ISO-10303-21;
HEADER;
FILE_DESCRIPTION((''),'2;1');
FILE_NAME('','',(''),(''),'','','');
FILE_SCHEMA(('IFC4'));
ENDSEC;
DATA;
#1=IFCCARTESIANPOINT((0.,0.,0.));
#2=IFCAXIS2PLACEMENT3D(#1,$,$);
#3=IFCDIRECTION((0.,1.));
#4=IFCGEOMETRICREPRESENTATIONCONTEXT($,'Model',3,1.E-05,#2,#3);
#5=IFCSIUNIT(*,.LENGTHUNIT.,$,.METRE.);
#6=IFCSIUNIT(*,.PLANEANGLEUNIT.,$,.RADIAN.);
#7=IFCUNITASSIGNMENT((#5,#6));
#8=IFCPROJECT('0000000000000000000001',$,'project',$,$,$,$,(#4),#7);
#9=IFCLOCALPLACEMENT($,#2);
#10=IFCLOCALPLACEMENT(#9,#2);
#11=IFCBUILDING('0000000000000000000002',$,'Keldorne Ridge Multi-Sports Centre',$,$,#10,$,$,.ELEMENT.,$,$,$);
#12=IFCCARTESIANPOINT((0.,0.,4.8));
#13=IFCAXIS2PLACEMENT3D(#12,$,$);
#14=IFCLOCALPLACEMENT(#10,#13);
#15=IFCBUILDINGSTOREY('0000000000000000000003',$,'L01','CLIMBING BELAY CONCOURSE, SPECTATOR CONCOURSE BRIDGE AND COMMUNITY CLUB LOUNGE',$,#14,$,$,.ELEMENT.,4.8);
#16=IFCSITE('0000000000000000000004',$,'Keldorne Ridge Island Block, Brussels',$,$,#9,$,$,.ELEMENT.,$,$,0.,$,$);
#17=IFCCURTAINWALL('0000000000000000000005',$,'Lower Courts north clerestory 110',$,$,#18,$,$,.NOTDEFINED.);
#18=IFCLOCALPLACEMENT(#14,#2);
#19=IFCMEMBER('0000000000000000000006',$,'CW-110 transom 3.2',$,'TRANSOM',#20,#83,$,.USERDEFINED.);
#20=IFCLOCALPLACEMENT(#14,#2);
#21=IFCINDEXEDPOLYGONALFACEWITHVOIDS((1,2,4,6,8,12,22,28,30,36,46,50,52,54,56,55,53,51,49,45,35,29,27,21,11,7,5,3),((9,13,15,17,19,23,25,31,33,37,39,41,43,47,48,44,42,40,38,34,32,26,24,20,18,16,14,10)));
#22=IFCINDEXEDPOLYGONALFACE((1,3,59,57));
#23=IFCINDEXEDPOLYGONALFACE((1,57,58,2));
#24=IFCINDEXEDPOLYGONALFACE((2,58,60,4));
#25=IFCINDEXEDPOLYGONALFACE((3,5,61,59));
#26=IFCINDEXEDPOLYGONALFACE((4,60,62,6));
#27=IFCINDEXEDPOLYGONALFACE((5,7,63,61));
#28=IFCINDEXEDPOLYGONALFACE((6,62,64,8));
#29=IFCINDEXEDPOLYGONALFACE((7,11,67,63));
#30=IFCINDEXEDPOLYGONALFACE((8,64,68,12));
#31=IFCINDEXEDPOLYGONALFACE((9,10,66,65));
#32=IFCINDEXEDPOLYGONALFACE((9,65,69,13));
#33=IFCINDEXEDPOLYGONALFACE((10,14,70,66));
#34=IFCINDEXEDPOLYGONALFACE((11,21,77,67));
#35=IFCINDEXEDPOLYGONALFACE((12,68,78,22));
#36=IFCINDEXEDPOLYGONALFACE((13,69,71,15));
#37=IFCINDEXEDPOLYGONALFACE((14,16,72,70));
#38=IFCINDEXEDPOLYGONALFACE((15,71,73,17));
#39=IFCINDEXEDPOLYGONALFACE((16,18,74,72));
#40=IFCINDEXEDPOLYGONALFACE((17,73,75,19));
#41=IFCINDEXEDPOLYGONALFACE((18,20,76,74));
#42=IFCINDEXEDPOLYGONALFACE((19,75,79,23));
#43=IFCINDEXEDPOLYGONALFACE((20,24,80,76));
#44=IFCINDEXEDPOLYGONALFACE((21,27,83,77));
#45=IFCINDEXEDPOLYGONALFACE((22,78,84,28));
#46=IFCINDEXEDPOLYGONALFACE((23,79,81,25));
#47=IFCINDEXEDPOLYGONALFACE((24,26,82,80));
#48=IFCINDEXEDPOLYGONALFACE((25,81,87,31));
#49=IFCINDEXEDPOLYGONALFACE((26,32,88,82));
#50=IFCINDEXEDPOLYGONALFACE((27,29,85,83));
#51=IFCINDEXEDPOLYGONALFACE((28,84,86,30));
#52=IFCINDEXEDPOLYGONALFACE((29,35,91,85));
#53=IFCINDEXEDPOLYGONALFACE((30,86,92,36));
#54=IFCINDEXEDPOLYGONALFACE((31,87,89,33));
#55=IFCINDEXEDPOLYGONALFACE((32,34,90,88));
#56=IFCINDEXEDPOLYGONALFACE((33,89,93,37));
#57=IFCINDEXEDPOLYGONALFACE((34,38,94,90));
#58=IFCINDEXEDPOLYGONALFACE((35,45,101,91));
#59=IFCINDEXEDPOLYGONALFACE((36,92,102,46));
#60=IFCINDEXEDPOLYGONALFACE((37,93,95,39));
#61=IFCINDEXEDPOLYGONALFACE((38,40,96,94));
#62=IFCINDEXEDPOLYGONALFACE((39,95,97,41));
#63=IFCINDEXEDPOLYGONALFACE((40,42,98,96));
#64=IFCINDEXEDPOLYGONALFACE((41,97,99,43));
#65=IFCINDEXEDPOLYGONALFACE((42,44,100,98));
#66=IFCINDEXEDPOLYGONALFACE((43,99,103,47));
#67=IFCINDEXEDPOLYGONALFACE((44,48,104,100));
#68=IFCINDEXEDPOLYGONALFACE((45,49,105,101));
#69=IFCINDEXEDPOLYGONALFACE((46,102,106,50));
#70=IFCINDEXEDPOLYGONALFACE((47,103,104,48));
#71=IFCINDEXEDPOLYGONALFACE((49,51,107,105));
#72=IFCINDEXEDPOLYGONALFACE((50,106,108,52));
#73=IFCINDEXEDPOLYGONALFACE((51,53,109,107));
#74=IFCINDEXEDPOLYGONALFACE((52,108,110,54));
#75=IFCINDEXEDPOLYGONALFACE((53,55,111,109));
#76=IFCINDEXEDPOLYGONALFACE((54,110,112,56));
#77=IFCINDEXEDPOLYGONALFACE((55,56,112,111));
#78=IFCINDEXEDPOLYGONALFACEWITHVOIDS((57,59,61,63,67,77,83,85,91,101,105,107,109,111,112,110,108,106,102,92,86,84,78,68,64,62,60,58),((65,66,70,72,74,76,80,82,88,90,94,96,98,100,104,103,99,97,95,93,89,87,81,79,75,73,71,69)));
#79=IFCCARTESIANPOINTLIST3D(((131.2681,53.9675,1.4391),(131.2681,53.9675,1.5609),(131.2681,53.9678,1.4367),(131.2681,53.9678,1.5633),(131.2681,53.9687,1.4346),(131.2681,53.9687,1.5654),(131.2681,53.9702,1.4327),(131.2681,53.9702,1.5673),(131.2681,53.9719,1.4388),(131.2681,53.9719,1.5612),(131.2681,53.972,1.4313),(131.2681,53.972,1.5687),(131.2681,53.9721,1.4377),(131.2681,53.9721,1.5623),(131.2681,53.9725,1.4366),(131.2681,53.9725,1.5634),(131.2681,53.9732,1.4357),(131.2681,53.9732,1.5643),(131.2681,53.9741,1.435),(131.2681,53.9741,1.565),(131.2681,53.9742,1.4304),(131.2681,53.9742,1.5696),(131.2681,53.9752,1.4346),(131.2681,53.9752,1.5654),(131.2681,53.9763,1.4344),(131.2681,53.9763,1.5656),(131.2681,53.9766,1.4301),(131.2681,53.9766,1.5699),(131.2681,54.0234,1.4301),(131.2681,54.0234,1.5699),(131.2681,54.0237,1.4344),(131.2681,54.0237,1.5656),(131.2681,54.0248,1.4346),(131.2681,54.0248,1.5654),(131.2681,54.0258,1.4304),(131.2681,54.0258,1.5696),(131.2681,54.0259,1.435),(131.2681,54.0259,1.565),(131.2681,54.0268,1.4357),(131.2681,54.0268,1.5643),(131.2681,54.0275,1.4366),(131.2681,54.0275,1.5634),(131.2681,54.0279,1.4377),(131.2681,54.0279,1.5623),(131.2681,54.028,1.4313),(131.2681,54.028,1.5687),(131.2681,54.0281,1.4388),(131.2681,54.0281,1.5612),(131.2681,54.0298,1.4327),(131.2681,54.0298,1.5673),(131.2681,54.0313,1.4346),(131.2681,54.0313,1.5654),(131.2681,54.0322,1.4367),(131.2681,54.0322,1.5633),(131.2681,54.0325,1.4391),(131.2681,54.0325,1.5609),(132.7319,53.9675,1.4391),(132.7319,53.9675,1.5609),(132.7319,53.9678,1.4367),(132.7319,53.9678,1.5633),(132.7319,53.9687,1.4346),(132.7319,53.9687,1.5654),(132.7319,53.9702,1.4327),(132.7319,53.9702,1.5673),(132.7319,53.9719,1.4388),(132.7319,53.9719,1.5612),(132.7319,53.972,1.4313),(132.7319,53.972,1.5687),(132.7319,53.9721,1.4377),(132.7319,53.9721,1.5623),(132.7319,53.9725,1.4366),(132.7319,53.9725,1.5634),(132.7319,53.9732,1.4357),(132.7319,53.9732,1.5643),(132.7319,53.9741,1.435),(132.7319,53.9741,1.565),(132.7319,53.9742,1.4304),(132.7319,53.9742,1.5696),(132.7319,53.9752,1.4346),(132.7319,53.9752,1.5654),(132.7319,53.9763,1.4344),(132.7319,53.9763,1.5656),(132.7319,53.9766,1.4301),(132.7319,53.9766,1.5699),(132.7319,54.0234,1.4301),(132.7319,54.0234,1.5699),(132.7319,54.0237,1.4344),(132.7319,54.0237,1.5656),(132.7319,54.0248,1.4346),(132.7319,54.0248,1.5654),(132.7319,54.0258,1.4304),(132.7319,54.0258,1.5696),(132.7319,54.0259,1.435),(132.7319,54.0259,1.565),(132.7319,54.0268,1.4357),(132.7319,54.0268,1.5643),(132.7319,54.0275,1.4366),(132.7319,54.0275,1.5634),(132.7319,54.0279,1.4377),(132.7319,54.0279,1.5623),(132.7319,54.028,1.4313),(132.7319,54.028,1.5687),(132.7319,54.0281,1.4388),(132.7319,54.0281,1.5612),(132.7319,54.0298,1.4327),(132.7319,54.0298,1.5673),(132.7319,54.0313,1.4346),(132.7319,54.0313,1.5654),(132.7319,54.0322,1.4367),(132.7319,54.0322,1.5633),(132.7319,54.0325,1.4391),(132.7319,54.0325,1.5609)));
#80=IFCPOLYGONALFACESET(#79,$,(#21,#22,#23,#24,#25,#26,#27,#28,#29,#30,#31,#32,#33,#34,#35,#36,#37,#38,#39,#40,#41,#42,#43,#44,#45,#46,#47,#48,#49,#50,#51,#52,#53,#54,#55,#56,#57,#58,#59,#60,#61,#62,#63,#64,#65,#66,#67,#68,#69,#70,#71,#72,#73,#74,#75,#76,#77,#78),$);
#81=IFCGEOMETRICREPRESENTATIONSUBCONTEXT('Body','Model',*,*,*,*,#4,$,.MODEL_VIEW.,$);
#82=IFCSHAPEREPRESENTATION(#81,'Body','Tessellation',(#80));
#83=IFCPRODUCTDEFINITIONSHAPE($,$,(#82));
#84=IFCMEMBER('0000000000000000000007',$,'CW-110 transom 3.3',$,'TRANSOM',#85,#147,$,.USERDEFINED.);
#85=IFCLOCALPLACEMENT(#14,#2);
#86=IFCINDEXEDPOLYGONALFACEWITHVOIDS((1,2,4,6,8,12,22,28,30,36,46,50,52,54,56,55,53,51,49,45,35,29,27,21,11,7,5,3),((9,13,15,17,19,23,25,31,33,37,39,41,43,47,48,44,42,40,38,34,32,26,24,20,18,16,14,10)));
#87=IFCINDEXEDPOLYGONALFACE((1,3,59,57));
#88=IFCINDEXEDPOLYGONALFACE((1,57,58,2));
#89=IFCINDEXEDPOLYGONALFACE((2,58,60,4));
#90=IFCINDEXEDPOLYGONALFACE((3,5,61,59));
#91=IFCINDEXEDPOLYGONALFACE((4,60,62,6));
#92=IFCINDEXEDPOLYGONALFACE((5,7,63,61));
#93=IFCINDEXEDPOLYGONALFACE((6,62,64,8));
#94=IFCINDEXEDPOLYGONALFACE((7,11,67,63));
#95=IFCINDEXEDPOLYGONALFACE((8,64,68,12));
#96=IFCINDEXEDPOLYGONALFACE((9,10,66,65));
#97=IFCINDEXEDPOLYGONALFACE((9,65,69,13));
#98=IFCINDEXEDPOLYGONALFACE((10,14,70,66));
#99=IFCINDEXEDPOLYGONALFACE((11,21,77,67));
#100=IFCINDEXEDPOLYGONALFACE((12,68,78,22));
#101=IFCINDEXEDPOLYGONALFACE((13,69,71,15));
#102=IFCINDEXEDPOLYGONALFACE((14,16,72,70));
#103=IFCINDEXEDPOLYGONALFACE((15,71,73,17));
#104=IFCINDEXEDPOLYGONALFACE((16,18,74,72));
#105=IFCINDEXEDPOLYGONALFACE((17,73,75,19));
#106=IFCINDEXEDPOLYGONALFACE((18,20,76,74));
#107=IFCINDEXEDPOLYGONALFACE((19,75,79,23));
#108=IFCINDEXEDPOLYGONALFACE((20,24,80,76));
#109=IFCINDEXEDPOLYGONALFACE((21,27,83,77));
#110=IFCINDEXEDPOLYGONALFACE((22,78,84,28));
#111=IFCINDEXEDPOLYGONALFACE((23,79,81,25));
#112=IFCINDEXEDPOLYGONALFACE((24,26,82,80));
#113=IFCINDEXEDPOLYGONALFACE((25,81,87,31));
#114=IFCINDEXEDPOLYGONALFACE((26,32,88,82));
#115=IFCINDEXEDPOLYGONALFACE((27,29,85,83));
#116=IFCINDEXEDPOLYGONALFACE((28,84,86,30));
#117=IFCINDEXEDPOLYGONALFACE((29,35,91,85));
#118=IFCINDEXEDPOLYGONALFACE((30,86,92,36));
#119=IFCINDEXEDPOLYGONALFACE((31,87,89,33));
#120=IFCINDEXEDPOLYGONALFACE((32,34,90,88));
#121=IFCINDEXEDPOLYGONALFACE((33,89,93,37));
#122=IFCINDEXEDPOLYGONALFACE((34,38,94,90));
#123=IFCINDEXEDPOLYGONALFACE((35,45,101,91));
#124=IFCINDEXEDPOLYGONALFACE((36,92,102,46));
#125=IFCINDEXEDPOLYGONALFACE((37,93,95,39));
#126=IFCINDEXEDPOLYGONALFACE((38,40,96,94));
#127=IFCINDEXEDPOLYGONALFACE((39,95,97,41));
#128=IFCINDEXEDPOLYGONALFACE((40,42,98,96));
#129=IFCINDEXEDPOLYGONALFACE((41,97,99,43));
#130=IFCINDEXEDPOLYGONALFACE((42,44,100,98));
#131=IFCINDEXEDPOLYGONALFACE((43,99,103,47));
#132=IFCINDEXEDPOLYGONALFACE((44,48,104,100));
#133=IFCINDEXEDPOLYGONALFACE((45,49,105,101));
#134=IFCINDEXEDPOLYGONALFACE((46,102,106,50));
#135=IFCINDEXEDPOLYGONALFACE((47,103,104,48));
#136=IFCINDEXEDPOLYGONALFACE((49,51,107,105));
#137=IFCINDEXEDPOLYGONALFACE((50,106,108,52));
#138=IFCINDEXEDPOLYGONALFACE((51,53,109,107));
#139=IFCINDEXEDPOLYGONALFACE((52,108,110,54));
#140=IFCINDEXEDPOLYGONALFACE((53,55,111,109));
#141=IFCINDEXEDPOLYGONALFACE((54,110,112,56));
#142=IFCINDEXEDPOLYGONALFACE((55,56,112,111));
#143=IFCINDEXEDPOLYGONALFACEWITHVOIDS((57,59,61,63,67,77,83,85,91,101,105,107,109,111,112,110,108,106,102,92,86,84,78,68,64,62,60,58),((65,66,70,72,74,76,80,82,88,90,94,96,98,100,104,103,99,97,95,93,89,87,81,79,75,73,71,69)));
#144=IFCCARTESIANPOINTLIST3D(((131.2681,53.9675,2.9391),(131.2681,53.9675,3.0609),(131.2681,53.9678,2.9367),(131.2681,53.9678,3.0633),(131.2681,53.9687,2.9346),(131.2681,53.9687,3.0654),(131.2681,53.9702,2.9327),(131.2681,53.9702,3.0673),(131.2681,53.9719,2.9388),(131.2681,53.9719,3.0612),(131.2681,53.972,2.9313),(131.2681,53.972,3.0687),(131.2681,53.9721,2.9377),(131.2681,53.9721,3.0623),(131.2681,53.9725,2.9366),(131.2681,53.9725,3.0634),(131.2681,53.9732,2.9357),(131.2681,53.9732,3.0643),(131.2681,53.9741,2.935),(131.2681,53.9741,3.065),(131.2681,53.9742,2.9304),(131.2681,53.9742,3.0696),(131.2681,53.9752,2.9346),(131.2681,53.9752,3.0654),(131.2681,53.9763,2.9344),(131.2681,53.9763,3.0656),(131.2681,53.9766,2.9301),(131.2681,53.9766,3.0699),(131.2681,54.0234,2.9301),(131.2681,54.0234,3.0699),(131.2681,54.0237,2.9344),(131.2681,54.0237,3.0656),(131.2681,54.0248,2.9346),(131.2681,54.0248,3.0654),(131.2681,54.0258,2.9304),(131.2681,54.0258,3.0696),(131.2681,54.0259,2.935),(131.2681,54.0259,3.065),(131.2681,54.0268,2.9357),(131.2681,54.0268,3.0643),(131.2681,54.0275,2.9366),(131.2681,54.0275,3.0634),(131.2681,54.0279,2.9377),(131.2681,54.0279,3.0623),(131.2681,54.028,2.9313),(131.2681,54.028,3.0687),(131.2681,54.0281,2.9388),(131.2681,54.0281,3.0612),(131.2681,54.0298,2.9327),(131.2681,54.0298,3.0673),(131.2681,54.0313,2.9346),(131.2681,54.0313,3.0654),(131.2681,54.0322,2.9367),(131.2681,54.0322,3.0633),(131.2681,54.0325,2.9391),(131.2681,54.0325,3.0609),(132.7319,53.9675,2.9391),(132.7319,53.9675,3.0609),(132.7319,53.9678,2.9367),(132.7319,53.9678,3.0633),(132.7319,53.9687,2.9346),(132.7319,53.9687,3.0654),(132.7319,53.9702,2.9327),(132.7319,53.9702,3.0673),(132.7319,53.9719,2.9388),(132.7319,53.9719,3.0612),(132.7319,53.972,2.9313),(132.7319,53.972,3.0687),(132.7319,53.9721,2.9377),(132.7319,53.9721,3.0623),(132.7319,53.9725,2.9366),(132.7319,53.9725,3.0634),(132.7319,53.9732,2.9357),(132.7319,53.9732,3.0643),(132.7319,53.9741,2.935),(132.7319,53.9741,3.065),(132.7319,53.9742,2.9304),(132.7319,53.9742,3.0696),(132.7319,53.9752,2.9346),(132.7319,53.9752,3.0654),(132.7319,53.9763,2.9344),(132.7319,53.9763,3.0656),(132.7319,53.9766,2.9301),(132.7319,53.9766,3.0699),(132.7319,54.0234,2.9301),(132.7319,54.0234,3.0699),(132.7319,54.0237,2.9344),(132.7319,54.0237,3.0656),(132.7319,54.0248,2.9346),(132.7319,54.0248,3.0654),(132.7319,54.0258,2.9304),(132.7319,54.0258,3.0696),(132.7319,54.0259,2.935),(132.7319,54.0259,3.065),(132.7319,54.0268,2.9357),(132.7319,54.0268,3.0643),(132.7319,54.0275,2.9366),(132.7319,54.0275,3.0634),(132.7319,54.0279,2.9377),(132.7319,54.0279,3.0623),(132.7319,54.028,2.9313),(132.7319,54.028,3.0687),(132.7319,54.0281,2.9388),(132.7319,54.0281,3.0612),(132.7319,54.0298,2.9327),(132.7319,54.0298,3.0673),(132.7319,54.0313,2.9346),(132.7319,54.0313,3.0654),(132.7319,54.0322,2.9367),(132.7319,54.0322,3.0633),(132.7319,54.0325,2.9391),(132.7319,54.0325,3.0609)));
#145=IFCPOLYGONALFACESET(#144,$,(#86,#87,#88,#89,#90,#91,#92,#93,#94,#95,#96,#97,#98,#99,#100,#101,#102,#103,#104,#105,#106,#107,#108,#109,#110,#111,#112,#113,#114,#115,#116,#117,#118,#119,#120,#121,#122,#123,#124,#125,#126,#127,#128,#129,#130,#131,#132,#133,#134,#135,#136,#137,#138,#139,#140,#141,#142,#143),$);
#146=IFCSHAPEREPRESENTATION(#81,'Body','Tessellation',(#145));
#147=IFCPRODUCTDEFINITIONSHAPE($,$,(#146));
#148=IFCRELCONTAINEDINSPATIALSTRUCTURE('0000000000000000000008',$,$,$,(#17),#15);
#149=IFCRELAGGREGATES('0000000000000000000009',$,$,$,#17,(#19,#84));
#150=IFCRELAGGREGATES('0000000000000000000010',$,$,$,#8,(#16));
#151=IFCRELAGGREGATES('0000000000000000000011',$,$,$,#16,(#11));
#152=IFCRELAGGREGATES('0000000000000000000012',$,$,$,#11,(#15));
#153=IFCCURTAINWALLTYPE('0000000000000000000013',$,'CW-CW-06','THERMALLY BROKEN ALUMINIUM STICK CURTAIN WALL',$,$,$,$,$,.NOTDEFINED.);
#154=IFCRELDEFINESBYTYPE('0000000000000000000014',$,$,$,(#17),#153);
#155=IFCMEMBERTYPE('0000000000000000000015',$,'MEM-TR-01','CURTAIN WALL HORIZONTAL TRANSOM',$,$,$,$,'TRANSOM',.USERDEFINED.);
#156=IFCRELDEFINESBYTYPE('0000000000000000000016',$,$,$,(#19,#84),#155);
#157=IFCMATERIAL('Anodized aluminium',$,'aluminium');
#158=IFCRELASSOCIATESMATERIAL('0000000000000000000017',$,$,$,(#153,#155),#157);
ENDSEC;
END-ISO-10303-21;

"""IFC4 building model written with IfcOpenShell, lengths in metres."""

from ifc_helpers import new_model, si_unit, direction, frame, origin, origin_2d, place, context, subcontext, project, spatial, hollow_rectangle, extrude, material, material_profile, profile_set, type_object, element, aggregate, save


model = new_model("IFC4")

# Units and contexts
model_context = context("Model", 3, precision=1e-05, world=origin(), true_north=direction((0.0, 1.0)))
body_context = subcontext(model_context, "Body", "Model", "MODEL_VIEW")
ifc_project = project(units=[si_unit("LENGTHUNIT", "METRE"), si_unit("PLANEANGLEUNIT", "RADIAN")], contexts=[model_context])

# Site, building, storey
site_placement = place(None, origin())
site = spatial("IfcSite", under=ifc_project, at=site_placement, Name="Keldorne Ridge Island Block, Brussels", CompositionType="ELEMENT", RefElevation=0.0)
building_placement = place(site_placement, origin())
building = spatial("IfcBuilding", under=site, at=building_placement, Name="Keldorne Ridge Multi-Sports Centre", CompositionType="ELEMENT")
storey_placement = place(building_placement, frame((0.0, 0.0, 4.8)))
storey = spatial("IfcBuildingStorey", under=building, at=storey_placement, Name="L01", Description="CLIMBING BELAY CONCOURSE, SPECTATOR CONCOURSE BRIDGE AND COMMUNITY CLUB LOUNGE", CompositionType="ELEMENT", Elevation=4.8)

# Curtain wall
ifc_material_1 = material(Name="Anodized aluminium", Category="aluminium")
curtain_wall_type_1 = type_object("IfcCurtainWallType", Name="CW-CW-06", Description="THERMALLY BROKEN ALUMINIUM STICK CURTAIN WALL", PredefinedType="NOTDEFINED", material=ifc_material_1)
curtain_wall_1_placement = place(storey_placement, origin())
curtain_wall_1 = element("IfcCurtainWall", 1, at=curtain_wall_1_placement, inside=storey, type_object=curtain_wall_type_1, Name="Lower Courts north clerestory 110", PredefinedType="NOTDEFINED")

# Members
ifc_material_profile_1 = material_profile(ifc_material_1, hollow_rectangle(XDim=0.0649, YDim=0.1399, WallThickness=0.0044, InnerFilletRadius=0.0044, OuterFilletRadius=0.009, at=origin_2d()), Name="ALU TRANSOM 140x65x4.5")
ifc_profile_set_1 = profile_set([ifc_material_profile_1], Name="Anodized aluminium")
member_type_1 = type_object("IfcMemberType", Name="MEM-TR-01", Description="CURTAIN WALL HORIZONTAL TRANSOM", ElementType="TRANSOM", PredefinedType="USERDEFINED", material=ifc_profile_set_1)
member_1_placement = place(storey_placement, frame((132.7319, 54.0, 1.5), z_axis=(-1.0, 0.0, 0.0), x_axis=(0.0, -1.0, 0.0)))
member_1 = element("IfcMember", 2, at=member_1_placement, type_object=member_type_1, Name="CW-110 transom 3.2", ObjectType="TRANSOM", PredefinedType="USERDEFINED", context=body_context, shape_type="SweptSolid", body=[
    extrude(hollow_rectangle(XDim=0.0649, YDim=0.1399, WallThickness=0.0044, InnerFilletRadius=0.0044, OuterFilletRadius=0.009, at=origin_2d()), origin(), (0.0, 0.0, 1.0), 1.4639),
])
member_2_placement = place(storey_placement, frame((132.7319, 54.0, 3.0), z_axis=(-1.0, 0.0, 0.0), x_axis=(0.0, -1.0, 0.0)))
member_2 = element("IfcMember", 3, at=member_2_placement, type_object=member_type_1, Name="CW-110 transom 3.3", ObjectType="TRANSOM", PredefinedType="USERDEFINED", context=body_context, shape_type="SweptSolid", body=[
    extrude(hollow_rectangle(XDim=0.0649, YDim=0.1399, WallThickness=0.0044, InnerFilletRadius=0.0044, OuterFilletRadius=0.009, at=origin_2d()), origin(), (0.0, 0.0, 1.0), 1.4639),
])

aggregate(curtain_wall_1, [member_1, member_2])

save(model, "model.ifc")
